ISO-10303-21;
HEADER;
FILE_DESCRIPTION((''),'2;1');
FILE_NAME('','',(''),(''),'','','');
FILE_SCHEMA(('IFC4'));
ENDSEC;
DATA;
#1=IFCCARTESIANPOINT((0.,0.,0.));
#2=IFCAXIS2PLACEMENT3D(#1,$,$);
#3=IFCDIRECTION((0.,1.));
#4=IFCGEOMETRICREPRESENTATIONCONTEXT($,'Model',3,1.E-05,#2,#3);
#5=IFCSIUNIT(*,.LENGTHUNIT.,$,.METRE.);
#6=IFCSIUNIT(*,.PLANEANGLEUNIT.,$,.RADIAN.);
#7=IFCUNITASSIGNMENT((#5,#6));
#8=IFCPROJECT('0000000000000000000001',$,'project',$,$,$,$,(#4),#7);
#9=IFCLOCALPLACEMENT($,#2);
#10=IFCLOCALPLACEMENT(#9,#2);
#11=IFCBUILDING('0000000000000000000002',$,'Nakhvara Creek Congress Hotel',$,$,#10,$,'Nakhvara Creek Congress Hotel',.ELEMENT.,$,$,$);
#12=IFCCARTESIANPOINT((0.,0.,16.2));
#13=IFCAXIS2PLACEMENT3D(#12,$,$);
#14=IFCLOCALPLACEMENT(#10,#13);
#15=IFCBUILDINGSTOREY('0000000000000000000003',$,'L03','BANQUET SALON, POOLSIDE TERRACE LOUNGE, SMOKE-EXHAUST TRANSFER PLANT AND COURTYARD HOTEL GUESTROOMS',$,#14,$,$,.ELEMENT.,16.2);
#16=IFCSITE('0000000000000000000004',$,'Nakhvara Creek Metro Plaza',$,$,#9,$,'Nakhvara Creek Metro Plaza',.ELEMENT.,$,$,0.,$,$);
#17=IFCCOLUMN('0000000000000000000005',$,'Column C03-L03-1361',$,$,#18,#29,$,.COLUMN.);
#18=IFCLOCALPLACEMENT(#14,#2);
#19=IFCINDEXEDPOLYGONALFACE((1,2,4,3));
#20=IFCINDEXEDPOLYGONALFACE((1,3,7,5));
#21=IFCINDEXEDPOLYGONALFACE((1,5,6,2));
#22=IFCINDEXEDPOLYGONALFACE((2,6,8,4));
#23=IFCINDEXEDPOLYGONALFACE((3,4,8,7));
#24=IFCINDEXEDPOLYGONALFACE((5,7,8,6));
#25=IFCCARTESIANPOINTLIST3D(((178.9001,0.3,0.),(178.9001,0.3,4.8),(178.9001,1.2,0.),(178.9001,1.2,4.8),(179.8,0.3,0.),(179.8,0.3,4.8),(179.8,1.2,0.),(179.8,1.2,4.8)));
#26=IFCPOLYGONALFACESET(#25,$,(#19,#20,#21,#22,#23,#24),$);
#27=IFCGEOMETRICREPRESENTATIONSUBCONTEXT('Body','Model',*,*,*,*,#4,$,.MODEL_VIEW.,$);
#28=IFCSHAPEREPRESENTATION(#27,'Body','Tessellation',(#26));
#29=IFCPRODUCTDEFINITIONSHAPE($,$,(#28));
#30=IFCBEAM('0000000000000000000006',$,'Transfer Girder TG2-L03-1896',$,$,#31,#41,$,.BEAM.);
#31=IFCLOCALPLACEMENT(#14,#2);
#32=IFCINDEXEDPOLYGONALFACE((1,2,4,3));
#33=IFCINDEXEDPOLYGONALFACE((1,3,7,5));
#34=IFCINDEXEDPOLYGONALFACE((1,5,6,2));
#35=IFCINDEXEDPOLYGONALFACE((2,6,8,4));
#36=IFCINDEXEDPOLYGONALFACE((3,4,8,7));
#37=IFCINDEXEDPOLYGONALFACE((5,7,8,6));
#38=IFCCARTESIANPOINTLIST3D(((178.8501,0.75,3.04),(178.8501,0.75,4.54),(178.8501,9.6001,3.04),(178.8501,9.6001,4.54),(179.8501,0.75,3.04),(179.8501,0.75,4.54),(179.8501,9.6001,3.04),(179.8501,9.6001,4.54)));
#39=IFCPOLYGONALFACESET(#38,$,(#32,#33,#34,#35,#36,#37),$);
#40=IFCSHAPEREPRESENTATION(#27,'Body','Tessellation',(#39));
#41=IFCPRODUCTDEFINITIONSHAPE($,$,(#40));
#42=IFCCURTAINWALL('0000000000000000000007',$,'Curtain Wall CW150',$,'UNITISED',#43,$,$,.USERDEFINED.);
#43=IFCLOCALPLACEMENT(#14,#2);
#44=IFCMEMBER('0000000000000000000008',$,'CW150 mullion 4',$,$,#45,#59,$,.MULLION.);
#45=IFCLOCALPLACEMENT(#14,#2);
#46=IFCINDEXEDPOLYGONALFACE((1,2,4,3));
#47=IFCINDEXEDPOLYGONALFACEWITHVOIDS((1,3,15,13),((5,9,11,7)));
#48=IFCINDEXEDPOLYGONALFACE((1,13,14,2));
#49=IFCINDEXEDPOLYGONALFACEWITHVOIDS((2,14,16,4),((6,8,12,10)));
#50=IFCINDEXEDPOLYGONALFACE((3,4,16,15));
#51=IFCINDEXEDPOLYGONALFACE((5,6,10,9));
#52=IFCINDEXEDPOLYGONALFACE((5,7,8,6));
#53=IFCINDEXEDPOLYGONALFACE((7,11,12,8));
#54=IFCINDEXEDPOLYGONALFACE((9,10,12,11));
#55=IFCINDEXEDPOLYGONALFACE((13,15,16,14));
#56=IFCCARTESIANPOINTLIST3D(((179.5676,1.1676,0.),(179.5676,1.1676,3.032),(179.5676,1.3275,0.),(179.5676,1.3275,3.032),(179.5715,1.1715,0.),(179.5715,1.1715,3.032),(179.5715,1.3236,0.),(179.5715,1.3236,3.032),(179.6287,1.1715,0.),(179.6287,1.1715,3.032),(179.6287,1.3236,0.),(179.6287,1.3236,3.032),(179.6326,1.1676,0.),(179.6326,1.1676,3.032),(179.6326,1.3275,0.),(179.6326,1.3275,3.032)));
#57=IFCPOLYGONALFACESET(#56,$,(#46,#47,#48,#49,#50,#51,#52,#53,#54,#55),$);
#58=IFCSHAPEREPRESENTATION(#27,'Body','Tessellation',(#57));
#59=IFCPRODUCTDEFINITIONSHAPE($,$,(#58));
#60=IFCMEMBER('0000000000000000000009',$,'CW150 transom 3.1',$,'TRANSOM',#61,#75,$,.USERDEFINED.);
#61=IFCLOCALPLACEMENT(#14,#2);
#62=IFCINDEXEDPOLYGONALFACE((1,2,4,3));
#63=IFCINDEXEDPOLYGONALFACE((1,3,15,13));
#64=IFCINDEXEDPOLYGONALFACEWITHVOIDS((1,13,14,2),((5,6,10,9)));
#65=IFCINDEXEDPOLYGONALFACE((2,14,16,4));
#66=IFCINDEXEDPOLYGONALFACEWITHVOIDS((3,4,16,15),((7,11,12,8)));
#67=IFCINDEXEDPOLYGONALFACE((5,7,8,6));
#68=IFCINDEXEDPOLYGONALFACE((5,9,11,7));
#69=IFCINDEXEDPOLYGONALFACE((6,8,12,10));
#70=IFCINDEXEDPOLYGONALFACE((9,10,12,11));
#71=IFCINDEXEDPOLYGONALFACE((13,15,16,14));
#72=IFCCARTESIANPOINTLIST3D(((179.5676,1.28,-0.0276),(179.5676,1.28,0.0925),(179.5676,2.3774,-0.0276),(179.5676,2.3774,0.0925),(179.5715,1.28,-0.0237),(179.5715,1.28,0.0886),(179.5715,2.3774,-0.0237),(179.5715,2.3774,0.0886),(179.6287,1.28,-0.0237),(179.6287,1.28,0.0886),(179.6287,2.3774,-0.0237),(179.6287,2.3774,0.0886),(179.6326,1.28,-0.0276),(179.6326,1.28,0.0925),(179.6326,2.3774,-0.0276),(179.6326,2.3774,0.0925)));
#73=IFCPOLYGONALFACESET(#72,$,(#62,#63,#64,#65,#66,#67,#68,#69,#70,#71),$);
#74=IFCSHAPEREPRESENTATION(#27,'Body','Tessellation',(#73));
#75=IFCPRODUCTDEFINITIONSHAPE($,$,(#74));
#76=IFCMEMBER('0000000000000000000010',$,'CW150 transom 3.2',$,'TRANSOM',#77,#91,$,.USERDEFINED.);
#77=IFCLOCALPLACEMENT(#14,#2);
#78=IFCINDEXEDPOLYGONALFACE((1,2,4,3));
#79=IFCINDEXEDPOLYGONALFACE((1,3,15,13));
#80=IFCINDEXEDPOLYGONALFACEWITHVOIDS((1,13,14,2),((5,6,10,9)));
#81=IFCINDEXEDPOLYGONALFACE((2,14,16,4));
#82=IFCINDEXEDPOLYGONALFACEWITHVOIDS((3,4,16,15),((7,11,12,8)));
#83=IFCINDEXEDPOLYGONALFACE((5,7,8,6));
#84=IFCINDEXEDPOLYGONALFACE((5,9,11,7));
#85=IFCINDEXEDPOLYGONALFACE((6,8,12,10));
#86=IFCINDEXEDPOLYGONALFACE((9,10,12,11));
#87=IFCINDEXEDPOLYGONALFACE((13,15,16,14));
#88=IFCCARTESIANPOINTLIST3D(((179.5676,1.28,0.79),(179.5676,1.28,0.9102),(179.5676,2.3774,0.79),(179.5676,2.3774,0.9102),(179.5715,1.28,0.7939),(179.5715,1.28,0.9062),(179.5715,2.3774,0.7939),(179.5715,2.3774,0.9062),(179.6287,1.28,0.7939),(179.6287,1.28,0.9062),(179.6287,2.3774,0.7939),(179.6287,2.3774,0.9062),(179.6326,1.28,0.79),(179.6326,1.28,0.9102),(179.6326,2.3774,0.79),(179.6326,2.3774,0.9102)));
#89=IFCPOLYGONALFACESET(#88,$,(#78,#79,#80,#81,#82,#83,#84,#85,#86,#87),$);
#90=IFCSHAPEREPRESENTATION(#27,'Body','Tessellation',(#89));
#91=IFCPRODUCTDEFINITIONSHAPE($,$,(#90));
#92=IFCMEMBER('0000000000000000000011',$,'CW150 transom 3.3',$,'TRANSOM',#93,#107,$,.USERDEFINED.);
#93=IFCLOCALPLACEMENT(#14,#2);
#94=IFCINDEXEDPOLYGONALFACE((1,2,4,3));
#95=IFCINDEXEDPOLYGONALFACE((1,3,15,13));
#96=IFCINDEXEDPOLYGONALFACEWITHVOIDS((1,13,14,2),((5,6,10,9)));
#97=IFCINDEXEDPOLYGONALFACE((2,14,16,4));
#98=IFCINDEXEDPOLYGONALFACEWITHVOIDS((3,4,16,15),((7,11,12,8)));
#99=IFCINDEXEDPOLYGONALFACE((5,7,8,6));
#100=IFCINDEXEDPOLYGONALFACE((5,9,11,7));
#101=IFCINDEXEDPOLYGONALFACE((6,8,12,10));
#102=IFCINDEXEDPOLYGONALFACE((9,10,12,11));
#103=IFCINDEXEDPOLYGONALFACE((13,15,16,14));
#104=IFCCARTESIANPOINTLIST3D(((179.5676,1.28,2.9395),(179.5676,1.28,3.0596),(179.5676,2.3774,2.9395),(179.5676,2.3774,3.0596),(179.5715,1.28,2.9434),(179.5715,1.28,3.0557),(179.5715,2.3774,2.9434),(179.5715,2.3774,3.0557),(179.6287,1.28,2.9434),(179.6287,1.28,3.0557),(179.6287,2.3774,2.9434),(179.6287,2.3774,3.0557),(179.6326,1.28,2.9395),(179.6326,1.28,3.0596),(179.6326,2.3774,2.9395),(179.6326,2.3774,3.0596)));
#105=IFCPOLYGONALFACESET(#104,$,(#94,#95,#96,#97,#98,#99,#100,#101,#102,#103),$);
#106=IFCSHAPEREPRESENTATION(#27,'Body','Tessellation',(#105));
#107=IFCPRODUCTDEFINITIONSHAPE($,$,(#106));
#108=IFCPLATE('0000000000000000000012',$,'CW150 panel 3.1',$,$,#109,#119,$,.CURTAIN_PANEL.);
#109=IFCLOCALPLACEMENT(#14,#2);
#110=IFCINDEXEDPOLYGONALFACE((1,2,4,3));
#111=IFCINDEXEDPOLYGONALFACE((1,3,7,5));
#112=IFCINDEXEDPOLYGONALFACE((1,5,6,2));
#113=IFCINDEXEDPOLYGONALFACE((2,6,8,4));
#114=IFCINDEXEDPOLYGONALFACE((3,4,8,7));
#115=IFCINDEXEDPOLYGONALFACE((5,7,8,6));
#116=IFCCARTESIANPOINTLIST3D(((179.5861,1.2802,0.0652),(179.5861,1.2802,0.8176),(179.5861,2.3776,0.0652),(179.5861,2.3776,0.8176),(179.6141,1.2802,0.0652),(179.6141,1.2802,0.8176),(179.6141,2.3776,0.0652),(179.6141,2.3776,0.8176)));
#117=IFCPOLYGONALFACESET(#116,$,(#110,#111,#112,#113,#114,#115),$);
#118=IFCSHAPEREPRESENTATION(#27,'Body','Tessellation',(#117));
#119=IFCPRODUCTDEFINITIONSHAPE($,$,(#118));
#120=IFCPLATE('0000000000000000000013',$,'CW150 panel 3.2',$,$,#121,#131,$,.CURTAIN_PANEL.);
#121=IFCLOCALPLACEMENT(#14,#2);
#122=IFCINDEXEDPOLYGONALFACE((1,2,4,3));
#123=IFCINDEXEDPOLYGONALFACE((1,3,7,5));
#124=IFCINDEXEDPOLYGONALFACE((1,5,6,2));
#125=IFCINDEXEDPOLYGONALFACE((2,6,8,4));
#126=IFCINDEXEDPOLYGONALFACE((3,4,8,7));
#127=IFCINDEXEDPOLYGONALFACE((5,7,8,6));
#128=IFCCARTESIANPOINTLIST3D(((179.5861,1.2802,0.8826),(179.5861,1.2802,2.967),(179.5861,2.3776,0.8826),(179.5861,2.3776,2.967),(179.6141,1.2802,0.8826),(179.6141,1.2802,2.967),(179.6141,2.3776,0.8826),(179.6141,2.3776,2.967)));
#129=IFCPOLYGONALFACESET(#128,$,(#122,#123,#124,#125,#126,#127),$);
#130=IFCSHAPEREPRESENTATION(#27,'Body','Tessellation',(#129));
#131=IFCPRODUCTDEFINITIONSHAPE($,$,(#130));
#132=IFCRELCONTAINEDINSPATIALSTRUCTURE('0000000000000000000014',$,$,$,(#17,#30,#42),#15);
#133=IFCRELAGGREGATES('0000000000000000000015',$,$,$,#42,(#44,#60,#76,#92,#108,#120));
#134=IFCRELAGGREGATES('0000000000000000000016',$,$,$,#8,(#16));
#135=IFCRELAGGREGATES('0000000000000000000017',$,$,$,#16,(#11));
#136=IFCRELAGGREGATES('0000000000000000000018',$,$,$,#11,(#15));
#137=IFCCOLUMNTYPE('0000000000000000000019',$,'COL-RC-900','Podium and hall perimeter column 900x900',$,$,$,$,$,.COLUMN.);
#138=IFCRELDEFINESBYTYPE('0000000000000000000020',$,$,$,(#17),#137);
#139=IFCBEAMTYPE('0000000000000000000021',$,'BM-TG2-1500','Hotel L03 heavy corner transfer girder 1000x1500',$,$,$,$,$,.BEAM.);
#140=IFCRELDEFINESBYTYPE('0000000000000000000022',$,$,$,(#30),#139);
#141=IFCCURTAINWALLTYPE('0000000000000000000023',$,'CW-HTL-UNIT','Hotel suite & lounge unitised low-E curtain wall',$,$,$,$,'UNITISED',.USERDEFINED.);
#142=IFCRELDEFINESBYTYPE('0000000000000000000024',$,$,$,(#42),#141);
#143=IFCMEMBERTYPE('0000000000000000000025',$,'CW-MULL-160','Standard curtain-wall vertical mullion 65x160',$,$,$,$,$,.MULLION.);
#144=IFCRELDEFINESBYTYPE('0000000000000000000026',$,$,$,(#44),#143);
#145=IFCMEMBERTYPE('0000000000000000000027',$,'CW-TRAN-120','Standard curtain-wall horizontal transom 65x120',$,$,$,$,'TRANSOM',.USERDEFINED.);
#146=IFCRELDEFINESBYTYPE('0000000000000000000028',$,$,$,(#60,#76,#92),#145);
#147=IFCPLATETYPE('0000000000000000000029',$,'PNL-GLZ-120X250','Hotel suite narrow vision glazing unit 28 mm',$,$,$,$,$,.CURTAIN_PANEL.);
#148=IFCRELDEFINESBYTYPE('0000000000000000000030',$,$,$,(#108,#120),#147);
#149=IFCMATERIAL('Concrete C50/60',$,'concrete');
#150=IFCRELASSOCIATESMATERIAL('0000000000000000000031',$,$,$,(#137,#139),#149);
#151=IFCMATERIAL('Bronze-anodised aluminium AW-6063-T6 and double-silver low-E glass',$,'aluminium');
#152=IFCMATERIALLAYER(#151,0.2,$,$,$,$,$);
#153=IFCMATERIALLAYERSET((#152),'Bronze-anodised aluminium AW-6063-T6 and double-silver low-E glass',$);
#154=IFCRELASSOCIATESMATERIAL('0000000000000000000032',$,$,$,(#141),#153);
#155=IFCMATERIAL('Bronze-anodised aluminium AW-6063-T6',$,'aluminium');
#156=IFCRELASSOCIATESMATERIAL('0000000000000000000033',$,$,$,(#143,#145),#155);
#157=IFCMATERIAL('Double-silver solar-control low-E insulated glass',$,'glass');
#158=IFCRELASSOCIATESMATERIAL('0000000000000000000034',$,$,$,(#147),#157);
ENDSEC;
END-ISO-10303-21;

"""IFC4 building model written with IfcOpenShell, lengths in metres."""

from ifc_helpers import new_model, si_unit, direction, frame, origin, origin_2d, place, context, subcontext, project, spatial, rectangle, hollow_rectangle, extrude, material, layer, layer_set, material_profile, profile_set, type_object, element, aggregate, save


model = new_model("IFC4")

# Units and contexts
model_context = context("Model", 3, precision=1e-05, world=origin(), true_north=direction((0.0, 1.0)))
body_context = subcontext(model_context, "Body", "Model", "MODEL_VIEW")
ifc_project = project(units=[si_unit("LENGTHUNIT", "METRE"), si_unit("PLANEANGLEUNIT", "RADIAN")], contexts=[model_context])

# Site, building, storey
site_placement = place(None, origin())
site = spatial("IfcSite", under=ifc_project, at=site_placement, Name="Nakhvara Creek Metro Plaza", LongName="Nakhvara Creek Metro Plaza", CompositionType="ELEMENT", RefElevation=0.0)
building_placement = place(site_placement, origin())
building = spatial("IfcBuilding", under=site, at=building_placement, Name="Nakhvara Creek Congress Hotel", LongName="Nakhvara Creek Congress Hotel", CompositionType="ELEMENT")
storey_placement = place(building_placement, frame((0.0, 0.0, 16.2)))
storey = spatial("IfcBuildingStorey", under=building, at=storey_placement, Name="L03", Description="BANQUET SALON, POOLSIDE TERRACE LOUNGE, SMOKE-EXHAUST TRANSFER PLANT AND COURTYARD HOTEL GUESTROOMS", CompositionType="ELEMENT", Elevation=16.2)

# Column
ifc_material_1 = material(Name="Concrete C50/60", Category="concrete")
ifc_material_profile_1 = material_profile(ifc_material_1, rectangle(XDim=0.8999, YDim=0.8999, at=origin_2d()), Name="RC-COL 900x900", Category="LoadBearing")
ifc_profile_set_1 = profile_set([ifc_material_profile_1], Name="Concrete C50/60")
column_type = type_object("IfcColumnType", Name="COL-RC-900", Description="Podium and hall perimeter column 900x900", PredefinedType="COLUMN", material=ifc_profile_set_1)
column_placement = place(storey_placement, frame((179.3501, 0.75, 0.0), z_axis=(0.0, 0.0, 1.0), x_axis=(1.0, 0.0, 0.0)))
element("IfcColumn", 1, at=column_placement, inside=storey, type_object=column_type, Name="Column C03-L03-1361", PredefinedType="COLUMN", context=body_context, shape_type="SweptSolid", body=[
    extrude(rectangle(XDim=0.8999, YDim=0.8999, at=origin_2d()), origin(), (0.0, 0.0, 1.0), 4.8),
])

# Beam
ifc_material_profile_2 = material_profile(ifc_material_1, rectangle(XDim=1.0, YDim=1.5, at=origin_2d()), Name="RC-TG 1000x1500", Category="LoadBearing")
ifc_profile_set_2 = profile_set([ifc_material_profile_2], Name="Concrete C50/60")
beam_type = type_object("IfcBeamType", Name="BM-TG2-1500", Description="Hotel L03 heavy corner transfer girder 1000x1500", PredefinedType="BEAM", material=ifc_profile_set_2)
beam_placement = place(storey_placement, frame((179.3501, 0.75, 3.79), z_axis=(0.0, 1.0, 0.0), x_axis=(-1.0, 0.0, 0.0)))
element("IfcBeam", 2, at=beam_placement, inside=storey, type_object=beam_type, Name="Transfer Girder TG2-L03-1896", PredefinedType="BEAM", context=body_context, shape_type="SweptSolid", body=[
    extrude(rectangle(XDim=1.0, YDim=1.5, at=origin_2d()), origin(), (0.0, 0.0, 1.0), 8.8501),
])

# Curtain wall, members, plates
ifc_material_2 = material(Name="Bronze-anodised aluminium AW-6063-T6 and double-silver low-E glass", Category="aluminium")
ifc_layer_1 = layer(ifc_material_2, 0.2)
ifc_layer_set_1 = layer_set([ifc_layer_1], Name="Bronze-anodised aluminium AW-6063-T6 and double-silver low-E glass")
curtain_wall_type = type_object("IfcCurtainWallType", Name="CW-HTL-UNIT", Description="Hotel suite & lounge unitised low-E curtain wall", ElementType="UNITISED", PredefinedType="USERDEFINED", material=ifc_layer_set_1)
curtain_wall_placement = place(storey_placement, origin())
curtain_wall = element("IfcCurtainWall", 3, at=curtain_wall_placement, inside=storey, type_object=curtain_wall_type, Name="Curtain Wall CW150", ObjectType="UNITISED", PredefinedType="USERDEFINED")
ifc_material_3 = material(Name="Bronze-anodised aluminium AW-6063-T6", Category="aluminium")
ifc_material_profile_3 = material_profile(ifc_material_3, hollow_rectangle(XDim=0.0649, YDim=0.1599, WallThickness=0.0039, at=origin_2d()), Name="ALU-MULL 65x160x4", Category="LoadBearing")
ifc_profile_set_3 = profile_set([ifc_material_profile_3], Name="Bronze-anodised aluminium AW-6063-T6")
member_type_1 = type_object("IfcMemberType", Name="CW-MULL-160", Description="Standard curtain-wall vertical mullion 65x160", PredefinedType="MULLION", material=ifc_profile_set_3)
member_1_placement = place(storey_placement, frame((179.6001, 1.2476, 0.0), z_axis=(0.0, 0.0, 1.0), x_axis=(1.0, 0.0, 0.0)))
member_1 = element("IfcMember", 4, at=member_1_placement, type_object=member_type_1, Name="CW150 mullion 4", PredefinedType="MULLION", context=body_context, shape_type="SweptSolid", body=[
    extrude(hollow_rectangle(XDim=0.0649, YDim=0.1599, WallThickness=0.0039, at=origin_2d()), origin(), (0.0, 0.0, 1.0), 3.032),
])
ifc_material_profile_4 = material_profile(ifc_material_3, hollow_rectangle(XDim=0.0649, YDim=0.1201, WallThickness=0.0039, at=origin_2d()), Name="ALU-TRAN 65x120x4", Category="LoadBearing")
ifc_profile_set_4 = profile_set([ifc_material_profile_4], Name="Bronze-anodised aluminium AW-6063-T6")
member_type_2 = type_object("IfcMemberType", Name="CW-TRAN-120", Description="Standard curtain-wall horizontal transom 65x120", ElementType="TRANSOM", PredefinedType="USERDEFINED", material=ifc_profile_set_4)
member_2_placement = place(storey_placement, frame((179.6001, 2.3774, 0.0325), z_axis=(0.0, -1.0, 0.0), x_axis=(1.0, 0.0, 0.0)))
member_2 = element("IfcMember", 5, at=member_2_placement, type_object=member_type_2, Name="CW150 transom 3.1", ObjectType="TRANSOM", PredefinedType="USERDEFINED", context=body_context, shape_type="SweptSolid", body=[
    extrude(hollow_rectangle(XDim=0.0649, YDim=0.1201, WallThickness=0.0039, at=origin_2d()), origin(), (0.0, 0.0, 1.0), 1.0974),
])
member_3_placement = place(storey_placement, frame((179.6001, 2.3774, 0.8501), z_axis=(0.0, -1.0, 0.0), x_axis=(1.0, 0.0, 0.0)))
member_3 = element("IfcMember", 6, at=member_3_placement, type_object=member_type_2, Name="CW150 transom 3.2", ObjectType="TRANSOM", PredefinedType="USERDEFINED", context=body_context, shape_type="SweptSolid", body=[
    extrude(hollow_rectangle(XDim=0.0649, YDim=0.1201, WallThickness=0.0039, at=origin_2d()), origin(), (0.0, 0.0, 1.0), 1.0974),
])
member_4_placement = place(storey_placement, frame((179.6001, 2.3774, 2.9995), z_axis=(0.0, -1.0, 0.0), x_axis=(1.0, 0.0, 0.0)))
member_4 = element("IfcMember", 7, at=member_4_placement, type_object=member_type_2, Name="CW150 transom 3.3", ObjectType="TRANSOM", PredefinedType="USERDEFINED", context=body_context, shape_type="SweptSolid", body=[
    extrude(hollow_rectangle(XDim=0.0649, YDim=0.1201, WallThickness=0.0039, at=origin_2d()), origin(), (0.0, 0.0, 1.0), 1.0974),
])
ifc_material_4 = material(Name="Double-silver solar-control low-E insulated glass", Category="glass")
plate_type = type_object("IfcPlateType", Name="PNL-GLZ-120X250", Description="Hotel suite narrow vision glazing unit 28 mm", PredefinedType="CURTAIN_PANEL", material=ifc_material_4)
plate_1_placement = place(storey_placement, frame((179.6001, 1.8289, 0.0652), z_axis=(0.0, 0.0, 1.0), x_axis=(0.0, -1.0, 0.0)))
plate_1 = element("IfcPlate", 8, at=plate_1_placement, type_object=plate_type, Name="CW150 panel 3.1", PredefinedType="CURTAIN_PANEL", context=body_context, shape_type="SweptSolid", body=[
    extrude(rectangle(XDim=1.0974, YDim=0.0281, at=origin_2d()), origin(), (0.0, 0.0, 1.0), 0.7524),
])
plate_2_placement = place(storey_placement, frame((179.6001, 1.8289, 0.8826), z_axis=(0.0, 0.0, 1.0), x_axis=(0.0, -1.0, 0.0)))
plate_2 = element("IfcPlate", 9, at=plate_2_placement, type_object=plate_type, Name="CW150 panel 3.2", PredefinedType="CURTAIN_PANEL", context=body_context, shape_type="SweptSolid", body=[
    extrude(rectangle(XDim=1.0974, YDim=0.0281, at=origin_2d()), origin(), (0.0, 0.0, 1.0), 2.0845),
])
aggregate(curtain_wall, [member_1, member_2, member_3, member_4, plate_1, plate_2])

save(model, "model.ifc")
